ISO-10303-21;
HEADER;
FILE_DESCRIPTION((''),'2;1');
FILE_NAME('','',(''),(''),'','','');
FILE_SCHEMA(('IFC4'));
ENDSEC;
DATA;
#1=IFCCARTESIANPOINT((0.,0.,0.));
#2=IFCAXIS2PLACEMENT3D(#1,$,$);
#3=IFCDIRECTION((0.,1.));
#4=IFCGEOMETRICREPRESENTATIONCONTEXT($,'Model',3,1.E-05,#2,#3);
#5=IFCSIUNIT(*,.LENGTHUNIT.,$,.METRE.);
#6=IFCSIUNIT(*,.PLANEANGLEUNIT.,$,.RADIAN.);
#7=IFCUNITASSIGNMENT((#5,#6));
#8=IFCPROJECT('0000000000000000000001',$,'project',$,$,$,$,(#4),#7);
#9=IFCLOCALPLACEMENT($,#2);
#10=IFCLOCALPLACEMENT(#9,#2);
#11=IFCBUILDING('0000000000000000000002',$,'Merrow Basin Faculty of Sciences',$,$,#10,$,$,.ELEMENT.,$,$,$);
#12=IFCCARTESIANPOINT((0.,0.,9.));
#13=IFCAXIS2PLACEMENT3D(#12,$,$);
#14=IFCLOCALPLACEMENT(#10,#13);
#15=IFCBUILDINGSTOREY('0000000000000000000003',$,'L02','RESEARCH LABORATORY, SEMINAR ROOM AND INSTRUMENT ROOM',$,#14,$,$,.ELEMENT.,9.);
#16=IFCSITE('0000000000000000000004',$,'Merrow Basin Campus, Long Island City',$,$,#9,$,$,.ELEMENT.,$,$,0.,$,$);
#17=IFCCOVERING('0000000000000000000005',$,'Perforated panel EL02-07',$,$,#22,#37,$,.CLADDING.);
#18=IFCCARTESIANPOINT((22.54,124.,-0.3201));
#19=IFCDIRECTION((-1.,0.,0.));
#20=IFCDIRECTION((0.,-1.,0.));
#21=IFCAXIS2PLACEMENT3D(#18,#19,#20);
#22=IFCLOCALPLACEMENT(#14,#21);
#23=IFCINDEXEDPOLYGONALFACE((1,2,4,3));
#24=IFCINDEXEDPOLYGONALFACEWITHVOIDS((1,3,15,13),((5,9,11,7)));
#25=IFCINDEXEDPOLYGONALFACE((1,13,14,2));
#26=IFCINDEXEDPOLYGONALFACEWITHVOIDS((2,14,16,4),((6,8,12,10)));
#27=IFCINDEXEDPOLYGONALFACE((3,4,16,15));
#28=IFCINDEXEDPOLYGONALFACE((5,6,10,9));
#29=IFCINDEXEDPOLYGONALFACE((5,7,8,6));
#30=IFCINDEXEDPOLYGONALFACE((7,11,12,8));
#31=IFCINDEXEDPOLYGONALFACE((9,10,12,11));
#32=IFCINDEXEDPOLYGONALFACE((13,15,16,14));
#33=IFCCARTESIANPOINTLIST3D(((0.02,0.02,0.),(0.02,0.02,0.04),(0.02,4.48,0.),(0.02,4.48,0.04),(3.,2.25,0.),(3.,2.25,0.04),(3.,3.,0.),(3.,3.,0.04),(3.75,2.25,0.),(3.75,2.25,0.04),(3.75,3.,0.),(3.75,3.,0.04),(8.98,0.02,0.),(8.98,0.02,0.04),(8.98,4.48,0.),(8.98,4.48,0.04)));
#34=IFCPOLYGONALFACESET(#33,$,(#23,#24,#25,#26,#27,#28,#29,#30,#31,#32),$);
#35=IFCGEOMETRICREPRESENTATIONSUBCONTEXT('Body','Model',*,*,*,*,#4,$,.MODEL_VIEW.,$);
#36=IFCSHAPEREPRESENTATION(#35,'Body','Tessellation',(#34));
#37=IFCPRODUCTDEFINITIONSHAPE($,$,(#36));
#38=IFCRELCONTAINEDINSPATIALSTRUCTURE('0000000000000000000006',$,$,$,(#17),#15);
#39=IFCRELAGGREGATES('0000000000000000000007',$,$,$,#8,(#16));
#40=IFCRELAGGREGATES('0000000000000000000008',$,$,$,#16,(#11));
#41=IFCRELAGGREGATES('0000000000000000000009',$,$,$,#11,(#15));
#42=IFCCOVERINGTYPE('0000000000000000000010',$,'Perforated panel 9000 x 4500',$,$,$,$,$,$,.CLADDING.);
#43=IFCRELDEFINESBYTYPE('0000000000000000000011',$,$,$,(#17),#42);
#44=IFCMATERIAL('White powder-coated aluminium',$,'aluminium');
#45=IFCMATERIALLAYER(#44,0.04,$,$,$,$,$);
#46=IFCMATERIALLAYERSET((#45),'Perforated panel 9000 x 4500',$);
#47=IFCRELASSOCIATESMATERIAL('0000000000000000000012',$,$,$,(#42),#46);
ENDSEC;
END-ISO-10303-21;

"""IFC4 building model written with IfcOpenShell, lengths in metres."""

from ifc_helpers import new_model, si_unit, direction, frame, origin, place, context, subcontext, project, spatial, polyline, outline, extrude, source, transform, mapped, material, layer, layer_set, type_object, element, save


model = new_model("IFC4")

# Units and contexts
model_context = context("Model", 3, precision=1e-05, world=origin(), true_north=direction((0.0, 1.0)))
body_context = subcontext(model_context, "Body", "Model", "MODEL_VIEW")
ifc_project = project(units=[si_unit("LENGTHUNIT", "METRE"), si_unit("PLANEANGLEUNIT", "RADIAN")], contexts=[model_context])

# Site, building, storey
site_placement = place(None, origin())
site = spatial("IfcSite", under=ifc_project, at=site_placement, Name="Merrow Basin Campus, Long Island City", CompositionType="ELEMENT", RefElevation=0.0)
building_placement = place(site_placement, origin())
building = spatial("IfcBuilding", under=site, at=building_placement, Name="Merrow Basin Faculty of Sciences", CompositionType="ELEMENT")
storey_placement = place(building_placement, frame((0.0, 0.0, 9.0)))
storey = spatial("IfcBuildingStorey", under=building, at=storey_placement, Name="L02", Description="RESEARCH LABORATORY, SEMINAR ROOM AND INSTRUMENT ROOM", CompositionType="ELEMENT", Elevation=9.0)

# Covering
ifc_material_1 = material(Name="White powder-coated aluminium", Category="aluminium")
ifc_layer_1 = layer(ifc_material_1, 0.04)
ifc_layer_set_1 = layer_set([ifc_layer_1], Name="Perforated panel 9000 x 4500")
covering_type_1 = type_object("IfcCoveringType", Name="Perforated panel 9000 x 4500", PredefinedType="CLADDING", material=ifc_layer_set_1)
shared_shape_1 = source(origin(), body_context, "Body", "SweptSolid", [
    extrude(outline(polyline([(0.02, 0.02), (8.98, 0.02), (8.98, 4.48), (0.02, 4.48), (0.02, 0.02)]), holes=[polyline([(3.0, 2.25), (3.75, 2.25), (3.75, 3.0), (3.0, 3.0), (3.0, 2.25)])]), origin(), (0.0, 0.0, 1.0), 0.04),
])
covering_placement = place(storey_placement, frame((22.54, 124.0, -0.3201), z_axis=(-1.0, 0.0, 0.0), x_axis=(0.0, -1.0, 0.0)))
element("IfcCovering", 1, at=covering_placement, inside=storey, type_object=covering_type_1, Name="Perforated panel EL02-07", PredefinedType="CLADDING", context=body_context, shape_type="MappedRepresentation", body=[
    mapped(shared_shape_1, transform((0.0, 0.0, 0.0), scale=1.0)),
])

save(model, "model.ifc")
